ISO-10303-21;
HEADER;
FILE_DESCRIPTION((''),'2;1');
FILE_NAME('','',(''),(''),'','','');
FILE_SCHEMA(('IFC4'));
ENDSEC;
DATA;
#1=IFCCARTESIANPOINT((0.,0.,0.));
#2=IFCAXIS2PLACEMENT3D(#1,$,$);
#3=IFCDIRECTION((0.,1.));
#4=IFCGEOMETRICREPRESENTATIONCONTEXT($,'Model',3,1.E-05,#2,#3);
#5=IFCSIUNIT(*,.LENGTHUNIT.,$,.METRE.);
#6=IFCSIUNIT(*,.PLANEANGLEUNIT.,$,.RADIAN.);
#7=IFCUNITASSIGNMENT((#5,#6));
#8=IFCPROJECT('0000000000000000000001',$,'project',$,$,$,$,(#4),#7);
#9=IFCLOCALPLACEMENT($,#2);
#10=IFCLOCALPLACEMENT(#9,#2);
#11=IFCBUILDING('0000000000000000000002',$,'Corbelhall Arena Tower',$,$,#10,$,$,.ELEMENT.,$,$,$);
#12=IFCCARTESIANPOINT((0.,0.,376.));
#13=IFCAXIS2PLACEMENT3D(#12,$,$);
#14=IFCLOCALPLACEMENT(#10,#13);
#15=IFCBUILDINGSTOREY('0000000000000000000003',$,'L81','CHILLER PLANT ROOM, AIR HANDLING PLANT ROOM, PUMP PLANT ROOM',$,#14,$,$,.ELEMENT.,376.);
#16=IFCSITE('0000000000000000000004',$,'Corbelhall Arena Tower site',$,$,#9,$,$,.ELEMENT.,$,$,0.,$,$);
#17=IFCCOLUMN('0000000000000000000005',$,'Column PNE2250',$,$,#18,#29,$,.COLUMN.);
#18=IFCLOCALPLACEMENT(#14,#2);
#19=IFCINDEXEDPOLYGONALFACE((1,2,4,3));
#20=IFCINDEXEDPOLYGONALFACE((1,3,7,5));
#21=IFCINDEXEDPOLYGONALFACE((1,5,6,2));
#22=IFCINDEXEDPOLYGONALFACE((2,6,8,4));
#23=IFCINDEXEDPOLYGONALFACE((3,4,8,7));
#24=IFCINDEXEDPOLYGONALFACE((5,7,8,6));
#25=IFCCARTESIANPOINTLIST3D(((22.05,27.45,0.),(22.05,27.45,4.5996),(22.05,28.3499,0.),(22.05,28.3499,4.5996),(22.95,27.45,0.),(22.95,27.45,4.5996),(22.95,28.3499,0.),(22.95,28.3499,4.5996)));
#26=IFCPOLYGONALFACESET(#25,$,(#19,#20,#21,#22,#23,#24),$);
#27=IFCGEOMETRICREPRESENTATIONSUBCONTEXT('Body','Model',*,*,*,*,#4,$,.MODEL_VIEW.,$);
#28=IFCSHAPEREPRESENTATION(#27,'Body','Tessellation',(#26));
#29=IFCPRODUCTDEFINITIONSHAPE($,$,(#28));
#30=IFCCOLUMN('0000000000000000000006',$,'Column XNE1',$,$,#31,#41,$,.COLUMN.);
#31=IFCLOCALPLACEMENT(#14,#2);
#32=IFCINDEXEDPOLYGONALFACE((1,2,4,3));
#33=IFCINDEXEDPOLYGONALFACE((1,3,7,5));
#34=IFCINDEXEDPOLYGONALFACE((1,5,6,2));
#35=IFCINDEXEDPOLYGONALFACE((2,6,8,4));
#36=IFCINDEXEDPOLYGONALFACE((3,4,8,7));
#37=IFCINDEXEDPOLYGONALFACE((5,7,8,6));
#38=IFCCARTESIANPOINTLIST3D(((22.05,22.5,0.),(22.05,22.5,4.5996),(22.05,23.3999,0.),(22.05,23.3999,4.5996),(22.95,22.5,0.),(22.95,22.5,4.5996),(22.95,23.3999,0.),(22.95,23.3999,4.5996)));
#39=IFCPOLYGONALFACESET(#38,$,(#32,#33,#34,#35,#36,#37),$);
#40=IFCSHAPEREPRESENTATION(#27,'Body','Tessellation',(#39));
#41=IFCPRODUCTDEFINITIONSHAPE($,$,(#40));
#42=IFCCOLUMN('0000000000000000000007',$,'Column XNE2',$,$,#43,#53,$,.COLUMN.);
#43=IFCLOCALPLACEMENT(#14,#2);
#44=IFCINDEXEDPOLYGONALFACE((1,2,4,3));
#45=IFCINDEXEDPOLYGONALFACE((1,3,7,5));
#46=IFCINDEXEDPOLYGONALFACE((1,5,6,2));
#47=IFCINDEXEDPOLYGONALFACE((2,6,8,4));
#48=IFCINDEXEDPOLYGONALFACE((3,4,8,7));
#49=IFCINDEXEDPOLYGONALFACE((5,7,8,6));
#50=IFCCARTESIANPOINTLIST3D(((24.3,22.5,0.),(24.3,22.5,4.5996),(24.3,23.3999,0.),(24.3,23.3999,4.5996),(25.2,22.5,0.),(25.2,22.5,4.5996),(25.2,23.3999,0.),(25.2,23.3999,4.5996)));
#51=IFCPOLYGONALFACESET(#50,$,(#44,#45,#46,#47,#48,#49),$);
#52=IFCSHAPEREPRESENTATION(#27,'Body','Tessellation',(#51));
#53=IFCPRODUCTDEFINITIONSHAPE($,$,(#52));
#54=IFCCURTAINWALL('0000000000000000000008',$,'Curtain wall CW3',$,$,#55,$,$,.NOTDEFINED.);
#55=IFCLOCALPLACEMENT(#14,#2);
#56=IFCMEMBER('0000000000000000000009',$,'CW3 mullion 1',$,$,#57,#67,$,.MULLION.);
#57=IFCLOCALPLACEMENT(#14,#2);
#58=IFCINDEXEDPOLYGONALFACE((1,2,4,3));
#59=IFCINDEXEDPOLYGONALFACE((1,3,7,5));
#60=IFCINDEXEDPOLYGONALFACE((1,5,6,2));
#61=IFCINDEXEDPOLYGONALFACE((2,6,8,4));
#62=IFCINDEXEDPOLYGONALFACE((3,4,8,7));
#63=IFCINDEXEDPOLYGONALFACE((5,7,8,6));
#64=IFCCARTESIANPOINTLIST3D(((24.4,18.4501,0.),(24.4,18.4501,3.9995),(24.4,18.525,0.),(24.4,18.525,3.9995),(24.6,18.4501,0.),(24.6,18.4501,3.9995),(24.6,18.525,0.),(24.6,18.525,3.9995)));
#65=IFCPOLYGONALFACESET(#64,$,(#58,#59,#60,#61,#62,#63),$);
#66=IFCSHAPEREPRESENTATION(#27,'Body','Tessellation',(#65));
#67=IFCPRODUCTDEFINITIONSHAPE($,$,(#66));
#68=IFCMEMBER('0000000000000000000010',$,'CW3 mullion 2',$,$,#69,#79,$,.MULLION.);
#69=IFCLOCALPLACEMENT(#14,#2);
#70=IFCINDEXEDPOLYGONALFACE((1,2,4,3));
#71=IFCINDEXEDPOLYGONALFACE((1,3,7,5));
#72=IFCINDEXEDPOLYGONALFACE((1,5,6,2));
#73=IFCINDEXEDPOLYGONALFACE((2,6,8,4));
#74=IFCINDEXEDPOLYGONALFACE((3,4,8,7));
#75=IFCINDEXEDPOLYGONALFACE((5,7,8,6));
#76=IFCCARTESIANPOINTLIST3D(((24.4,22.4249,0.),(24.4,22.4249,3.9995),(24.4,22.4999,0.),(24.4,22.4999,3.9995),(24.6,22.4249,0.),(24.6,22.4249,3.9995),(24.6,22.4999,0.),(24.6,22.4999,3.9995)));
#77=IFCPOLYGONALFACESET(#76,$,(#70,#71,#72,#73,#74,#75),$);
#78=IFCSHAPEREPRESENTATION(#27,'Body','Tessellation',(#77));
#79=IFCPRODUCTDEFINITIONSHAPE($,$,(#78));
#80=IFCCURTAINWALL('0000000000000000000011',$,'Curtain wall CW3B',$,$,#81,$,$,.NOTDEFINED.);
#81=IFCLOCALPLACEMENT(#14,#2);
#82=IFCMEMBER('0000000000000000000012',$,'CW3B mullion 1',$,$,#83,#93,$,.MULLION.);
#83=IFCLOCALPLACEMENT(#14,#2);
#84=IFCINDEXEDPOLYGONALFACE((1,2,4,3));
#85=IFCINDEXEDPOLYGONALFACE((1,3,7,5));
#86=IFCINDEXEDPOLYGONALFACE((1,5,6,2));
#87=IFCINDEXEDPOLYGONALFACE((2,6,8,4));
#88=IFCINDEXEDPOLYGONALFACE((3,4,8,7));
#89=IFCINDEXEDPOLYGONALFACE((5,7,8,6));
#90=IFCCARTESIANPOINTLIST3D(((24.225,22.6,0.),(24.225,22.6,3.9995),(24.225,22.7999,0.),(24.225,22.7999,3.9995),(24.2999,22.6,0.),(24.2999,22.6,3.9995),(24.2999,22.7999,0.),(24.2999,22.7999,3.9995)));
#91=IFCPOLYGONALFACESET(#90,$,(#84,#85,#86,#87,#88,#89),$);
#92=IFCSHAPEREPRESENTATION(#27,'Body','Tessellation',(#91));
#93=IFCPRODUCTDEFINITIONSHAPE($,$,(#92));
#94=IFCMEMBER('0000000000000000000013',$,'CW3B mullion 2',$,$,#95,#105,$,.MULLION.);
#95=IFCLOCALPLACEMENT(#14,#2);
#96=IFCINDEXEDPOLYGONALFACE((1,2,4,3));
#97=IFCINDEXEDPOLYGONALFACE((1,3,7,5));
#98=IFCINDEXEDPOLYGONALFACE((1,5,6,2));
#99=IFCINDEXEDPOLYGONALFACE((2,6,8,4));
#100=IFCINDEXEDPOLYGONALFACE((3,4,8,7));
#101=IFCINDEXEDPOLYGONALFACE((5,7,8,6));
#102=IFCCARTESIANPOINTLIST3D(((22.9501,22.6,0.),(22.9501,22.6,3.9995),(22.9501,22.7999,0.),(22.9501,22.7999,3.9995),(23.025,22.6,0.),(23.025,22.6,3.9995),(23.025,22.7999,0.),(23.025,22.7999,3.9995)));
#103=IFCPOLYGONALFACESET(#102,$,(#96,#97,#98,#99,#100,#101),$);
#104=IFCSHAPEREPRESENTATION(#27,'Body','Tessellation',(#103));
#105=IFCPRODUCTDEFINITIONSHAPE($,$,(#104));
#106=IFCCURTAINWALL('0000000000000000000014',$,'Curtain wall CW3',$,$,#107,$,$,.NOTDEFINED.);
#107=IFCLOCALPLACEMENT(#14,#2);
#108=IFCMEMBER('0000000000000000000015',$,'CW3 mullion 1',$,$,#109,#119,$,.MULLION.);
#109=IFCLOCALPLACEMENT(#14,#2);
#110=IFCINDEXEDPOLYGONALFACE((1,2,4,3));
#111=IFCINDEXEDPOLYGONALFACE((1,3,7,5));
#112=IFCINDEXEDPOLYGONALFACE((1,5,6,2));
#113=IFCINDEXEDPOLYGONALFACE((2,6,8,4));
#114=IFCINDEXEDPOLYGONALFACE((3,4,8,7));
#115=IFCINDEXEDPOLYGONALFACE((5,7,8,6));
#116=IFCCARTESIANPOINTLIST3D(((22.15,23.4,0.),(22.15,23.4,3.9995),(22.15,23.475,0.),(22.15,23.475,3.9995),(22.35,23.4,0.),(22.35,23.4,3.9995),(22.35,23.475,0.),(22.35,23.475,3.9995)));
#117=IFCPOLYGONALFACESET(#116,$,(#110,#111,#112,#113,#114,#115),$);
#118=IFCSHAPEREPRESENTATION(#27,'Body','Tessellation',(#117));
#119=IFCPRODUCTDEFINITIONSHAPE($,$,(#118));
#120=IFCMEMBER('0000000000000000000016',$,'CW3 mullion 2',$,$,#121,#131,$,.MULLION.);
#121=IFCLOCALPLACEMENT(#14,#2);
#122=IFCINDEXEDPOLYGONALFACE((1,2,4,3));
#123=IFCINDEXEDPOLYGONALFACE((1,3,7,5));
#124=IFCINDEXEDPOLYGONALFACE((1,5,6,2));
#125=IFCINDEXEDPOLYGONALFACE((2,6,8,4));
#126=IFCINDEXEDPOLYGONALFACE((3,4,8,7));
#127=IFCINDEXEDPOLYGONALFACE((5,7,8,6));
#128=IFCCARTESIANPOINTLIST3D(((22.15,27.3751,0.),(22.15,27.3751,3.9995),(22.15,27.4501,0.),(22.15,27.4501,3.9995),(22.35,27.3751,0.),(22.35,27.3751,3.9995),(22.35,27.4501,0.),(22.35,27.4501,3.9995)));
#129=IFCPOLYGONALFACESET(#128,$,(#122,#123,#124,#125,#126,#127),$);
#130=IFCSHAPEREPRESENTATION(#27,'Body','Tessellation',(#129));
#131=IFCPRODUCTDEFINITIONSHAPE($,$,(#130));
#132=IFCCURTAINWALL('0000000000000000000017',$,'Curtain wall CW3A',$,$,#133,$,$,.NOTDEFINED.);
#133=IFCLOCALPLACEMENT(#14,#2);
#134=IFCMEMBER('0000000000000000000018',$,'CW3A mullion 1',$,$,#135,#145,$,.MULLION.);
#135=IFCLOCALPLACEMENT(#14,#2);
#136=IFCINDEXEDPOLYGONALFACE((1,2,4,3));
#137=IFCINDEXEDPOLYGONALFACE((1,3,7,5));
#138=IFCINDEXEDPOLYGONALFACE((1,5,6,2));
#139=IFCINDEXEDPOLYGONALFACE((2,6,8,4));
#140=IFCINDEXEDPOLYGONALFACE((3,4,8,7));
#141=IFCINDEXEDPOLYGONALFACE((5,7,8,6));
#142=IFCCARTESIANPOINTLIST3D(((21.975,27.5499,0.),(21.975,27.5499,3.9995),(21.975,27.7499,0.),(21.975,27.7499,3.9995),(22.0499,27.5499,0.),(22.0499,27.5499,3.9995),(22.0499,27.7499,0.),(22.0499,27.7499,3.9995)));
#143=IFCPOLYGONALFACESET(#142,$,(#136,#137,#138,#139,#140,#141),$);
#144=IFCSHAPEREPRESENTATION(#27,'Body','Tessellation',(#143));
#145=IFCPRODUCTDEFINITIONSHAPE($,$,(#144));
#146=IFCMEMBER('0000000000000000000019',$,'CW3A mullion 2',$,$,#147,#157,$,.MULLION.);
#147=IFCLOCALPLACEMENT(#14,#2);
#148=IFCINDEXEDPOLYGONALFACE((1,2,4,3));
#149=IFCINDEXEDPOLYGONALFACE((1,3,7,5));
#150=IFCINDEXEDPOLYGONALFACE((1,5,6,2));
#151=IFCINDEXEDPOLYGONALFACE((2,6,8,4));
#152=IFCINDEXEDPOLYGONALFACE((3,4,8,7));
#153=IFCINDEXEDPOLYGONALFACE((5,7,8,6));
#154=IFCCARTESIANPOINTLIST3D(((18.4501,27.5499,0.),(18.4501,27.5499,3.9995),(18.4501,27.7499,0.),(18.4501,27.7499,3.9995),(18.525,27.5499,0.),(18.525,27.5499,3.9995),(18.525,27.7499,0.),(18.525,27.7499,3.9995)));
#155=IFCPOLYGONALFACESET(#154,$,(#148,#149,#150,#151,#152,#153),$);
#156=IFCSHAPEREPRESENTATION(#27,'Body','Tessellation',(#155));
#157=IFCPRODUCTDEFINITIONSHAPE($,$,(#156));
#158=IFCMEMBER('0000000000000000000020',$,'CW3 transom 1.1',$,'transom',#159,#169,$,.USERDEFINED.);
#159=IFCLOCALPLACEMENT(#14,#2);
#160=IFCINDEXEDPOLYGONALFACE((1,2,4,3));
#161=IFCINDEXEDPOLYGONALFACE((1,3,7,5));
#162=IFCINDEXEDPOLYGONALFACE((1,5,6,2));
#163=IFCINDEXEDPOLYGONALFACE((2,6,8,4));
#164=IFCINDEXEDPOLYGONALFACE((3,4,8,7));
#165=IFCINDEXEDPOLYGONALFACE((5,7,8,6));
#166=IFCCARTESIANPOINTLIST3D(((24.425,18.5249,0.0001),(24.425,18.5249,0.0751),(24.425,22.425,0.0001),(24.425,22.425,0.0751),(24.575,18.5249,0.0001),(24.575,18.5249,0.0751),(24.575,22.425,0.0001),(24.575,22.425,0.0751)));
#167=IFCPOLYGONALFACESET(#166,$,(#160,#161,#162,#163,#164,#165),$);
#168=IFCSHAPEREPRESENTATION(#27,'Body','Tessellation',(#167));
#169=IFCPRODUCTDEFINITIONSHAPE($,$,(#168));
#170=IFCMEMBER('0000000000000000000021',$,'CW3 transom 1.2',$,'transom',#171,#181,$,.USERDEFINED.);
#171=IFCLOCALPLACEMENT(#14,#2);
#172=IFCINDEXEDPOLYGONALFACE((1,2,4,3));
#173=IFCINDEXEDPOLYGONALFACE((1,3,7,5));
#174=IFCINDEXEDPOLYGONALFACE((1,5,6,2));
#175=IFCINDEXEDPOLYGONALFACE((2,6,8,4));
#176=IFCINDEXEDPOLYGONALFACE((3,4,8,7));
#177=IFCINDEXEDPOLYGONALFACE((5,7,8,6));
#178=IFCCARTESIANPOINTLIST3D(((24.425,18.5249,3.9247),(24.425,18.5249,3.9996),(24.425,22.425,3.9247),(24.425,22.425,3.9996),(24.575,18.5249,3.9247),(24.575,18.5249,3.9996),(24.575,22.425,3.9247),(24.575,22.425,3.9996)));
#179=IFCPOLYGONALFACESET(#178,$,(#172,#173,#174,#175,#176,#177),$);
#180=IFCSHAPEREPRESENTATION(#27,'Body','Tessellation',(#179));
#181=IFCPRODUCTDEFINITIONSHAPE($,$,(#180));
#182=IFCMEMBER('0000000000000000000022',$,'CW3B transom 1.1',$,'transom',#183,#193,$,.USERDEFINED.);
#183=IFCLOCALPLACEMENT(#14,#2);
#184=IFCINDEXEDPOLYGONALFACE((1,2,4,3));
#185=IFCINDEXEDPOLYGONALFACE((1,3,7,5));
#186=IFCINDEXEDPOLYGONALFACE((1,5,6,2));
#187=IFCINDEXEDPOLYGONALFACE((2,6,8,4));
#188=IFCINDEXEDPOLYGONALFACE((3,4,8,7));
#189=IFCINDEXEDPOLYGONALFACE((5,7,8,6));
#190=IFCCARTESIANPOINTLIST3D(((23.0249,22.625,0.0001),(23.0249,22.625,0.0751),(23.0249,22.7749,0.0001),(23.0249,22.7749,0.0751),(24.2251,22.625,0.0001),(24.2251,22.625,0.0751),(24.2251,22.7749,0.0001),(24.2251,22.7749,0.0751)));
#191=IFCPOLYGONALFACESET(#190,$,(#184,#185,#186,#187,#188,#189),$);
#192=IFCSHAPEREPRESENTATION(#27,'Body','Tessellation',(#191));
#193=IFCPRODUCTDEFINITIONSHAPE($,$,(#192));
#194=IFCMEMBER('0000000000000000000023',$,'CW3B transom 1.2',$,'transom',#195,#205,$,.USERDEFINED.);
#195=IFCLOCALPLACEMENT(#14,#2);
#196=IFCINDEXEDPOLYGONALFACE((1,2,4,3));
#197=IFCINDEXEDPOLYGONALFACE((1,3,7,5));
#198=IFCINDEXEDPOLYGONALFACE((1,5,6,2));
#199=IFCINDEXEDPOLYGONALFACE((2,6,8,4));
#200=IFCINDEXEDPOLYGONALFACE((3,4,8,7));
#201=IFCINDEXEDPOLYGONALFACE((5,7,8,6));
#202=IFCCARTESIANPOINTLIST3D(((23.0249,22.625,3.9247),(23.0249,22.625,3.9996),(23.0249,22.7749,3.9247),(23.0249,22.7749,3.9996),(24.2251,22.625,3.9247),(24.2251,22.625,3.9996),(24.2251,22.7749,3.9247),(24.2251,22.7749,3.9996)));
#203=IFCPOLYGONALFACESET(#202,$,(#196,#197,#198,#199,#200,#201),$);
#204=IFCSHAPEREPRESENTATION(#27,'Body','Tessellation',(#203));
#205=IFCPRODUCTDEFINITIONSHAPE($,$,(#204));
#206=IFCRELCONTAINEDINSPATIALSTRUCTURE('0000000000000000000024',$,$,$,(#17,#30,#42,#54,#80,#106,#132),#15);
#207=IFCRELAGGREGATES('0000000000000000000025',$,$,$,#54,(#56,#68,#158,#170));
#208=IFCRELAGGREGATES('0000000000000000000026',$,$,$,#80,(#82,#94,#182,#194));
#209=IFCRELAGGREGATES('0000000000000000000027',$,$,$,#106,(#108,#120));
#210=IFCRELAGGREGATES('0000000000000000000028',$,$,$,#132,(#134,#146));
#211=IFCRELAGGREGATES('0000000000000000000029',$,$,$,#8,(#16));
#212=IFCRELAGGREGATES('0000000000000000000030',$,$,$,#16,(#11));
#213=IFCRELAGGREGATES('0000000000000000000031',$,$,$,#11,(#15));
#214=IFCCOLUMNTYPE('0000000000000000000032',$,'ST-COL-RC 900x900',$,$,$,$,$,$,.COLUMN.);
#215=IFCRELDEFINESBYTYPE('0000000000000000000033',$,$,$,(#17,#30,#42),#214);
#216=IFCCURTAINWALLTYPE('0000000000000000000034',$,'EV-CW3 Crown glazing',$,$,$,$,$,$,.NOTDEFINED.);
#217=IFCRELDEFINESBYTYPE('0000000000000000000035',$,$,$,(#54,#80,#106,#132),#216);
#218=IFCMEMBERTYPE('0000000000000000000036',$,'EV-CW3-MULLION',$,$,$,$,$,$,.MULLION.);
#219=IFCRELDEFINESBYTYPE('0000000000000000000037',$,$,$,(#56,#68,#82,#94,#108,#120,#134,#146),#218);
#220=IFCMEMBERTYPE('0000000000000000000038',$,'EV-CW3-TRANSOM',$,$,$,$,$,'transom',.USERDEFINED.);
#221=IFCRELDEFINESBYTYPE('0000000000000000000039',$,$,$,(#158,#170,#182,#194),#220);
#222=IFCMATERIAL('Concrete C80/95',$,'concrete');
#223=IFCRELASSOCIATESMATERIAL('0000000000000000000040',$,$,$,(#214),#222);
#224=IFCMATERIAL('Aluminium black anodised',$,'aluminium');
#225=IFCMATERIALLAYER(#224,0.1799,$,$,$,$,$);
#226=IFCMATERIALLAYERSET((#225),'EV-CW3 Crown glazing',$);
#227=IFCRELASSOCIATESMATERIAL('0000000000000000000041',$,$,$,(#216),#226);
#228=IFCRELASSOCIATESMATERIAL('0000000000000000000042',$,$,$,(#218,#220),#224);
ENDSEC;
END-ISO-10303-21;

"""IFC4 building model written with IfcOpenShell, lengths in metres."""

from ifc_helpers import new_model, si_unit, direction, frame, origin, origin_2d, place, context, subcontext, project, spatial, rectangle, extrude, material, layer, layer_set, material_profile, profile_set, type_object, element, aggregate, save


model = new_model("IFC4")

# Units and contexts
model_context = context("Model", 3, precision=1e-05, world=origin(), true_north=direction((0.0, 1.0)))
body_context = subcontext(model_context, "Body", "Model", "MODEL_VIEW")
ifc_project = project(units=[si_unit("LENGTHUNIT", "METRE"), si_unit("PLANEANGLEUNIT", "RADIAN")], contexts=[model_context])

# Site, building, storey
site_placement = place(None, origin())
site = spatial("IfcSite", under=ifc_project, at=site_placement, Name="Corbelhall Arena Tower site", CompositionType="ELEMENT", RefElevation=0.0)
building_placement = place(site_placement, origin())
building = spatial("IfcBuilding", under=site, at=building_placement, Name="Corbelhall Arena Tower", CompositionType="ELEMENT")
storey_placement = place(building_placement, frame((0.0, 0.0, 376.0)))
storey = spatial("IfcBuildingStorey", under=building, at=storey_placement, Name="L81", Description="CHILLER PLANT ROOM, AIR HANDLING PLANT ROOM, PUMP PLANT ROOM", CompositionType="ELEMENT", Elevation=376.0)

# Columns
ifc_material_1 = material(Name="Concrete C80/95", Category="concrete")
ifc_material_profile_1 = material_profile(ifc_material_1, rectangle(XDim=0.8999, YDim=0.8999, at=origin_2d()))
ifc_profile_set_1 = profile_set([ifc_material_profile_1], Name="Concrete C80/95")
column_type = type_object("IfcColumnType", Name="ST-COL-RC 900x900", PredefinedType="COLUMN", material=ifc_profile_set_1)
for number, where, z_axis, x_axis, name in (
    (1, (22.5, 27.8999, 0.0), (0.0, 0.0, 1.0), (1.0, 0.0, 0.0), "Column PNE2250"),
    (2, (22.5, 22.95, 0.0), (0.0, 0.0, 1.0), (1.0, 0.0, 0.0), "Column XNE1"),
    (3, (24.75, 22.95, 0.0), (0.0, 0.0, 1.0), (1.0, 0.0, 0.0), "Column XNE2"),
):
    element("IfcColumn", number, at=place(storey_placement, frame(where, z_axis=z_axis, x_axis=x_axis)), inside=storey, type_object=column_type, Name=name, PredefinedType="COLUMN", context=body_context, shape_type="SweptSolid", body=[
        extrude(rectangle(XDim=0.8999, YDim=0.8999, at=origin_2d()), origin(), (0.0, 0.0, 1.0), 4.5996),
    ])

# Curtain walls, members
ifc_material_2 = material(Name="Aluminium black anodised", Category="aluminium")
ifc_layer_1 = layer(ifc_material_2, 0.1799)
ifc_layer_set_1 = layer_set([ifc_layer_1], Name="EV-CW3 Crown glazing")
curtain_wall_type = type_object("IfcCurtainWallType", Name="EV-CW3 Crown glazing", PredefinedType="NOTDEFINED", material=ifc_layer_set_1)
curtain_wall_1_placement = place(storey_placement, origin())
curtain_wall_1 = element("IfcCurtainWall", 4, at=curtain_wall_1_placement, inside=storey, type_object=curtain_wall_type, Name="Curtain wall CW3", PredefinedType="NOTDEFINED")
ifc_material_profile_2 = material_profile(ifc_material_2, rectangle(XDim=0.2, YDim=0.075, at=origin_2d()))
ifc_profile_set_2 = profile_set([ifc_material_profile_2], Name="Aluminium black anodised")
member_type_1 = type_object("IfcMemberType", Name="EV-CW3-MULLION", PredefinedType="MULLION", material=ifc_profile_set_2)
member_1_placement = place(storey_placement, frame((24.5, 18.4875, 0.0), z_axis=(0.0, 0.0, 1.0), x_axis=(-1.0, 0.0, 0.0)))
member_1 = element("IfcMember", 5, at=member_1_placement, type_object=member_type_1, Name="CW3 mullion 1", PredefinedType="MULLION", context=body_context, shape_type="SweptSolid", body=[
    extrude(rectangle(XDim=0.2, YDim=0.075, at=origin_2d()), origin(), (0.0, 0.0, 1.0), 3.9995),
])
member_2_placement = place(storey_placement, frame((24.5, 22.4624, 0.0), z_axis=(0.0, 0.0, 1.0), x_axis=(-1.0, 0.0, 0.0)))
member_2 = element("IfcMember", 6, at=member_2_placement, type_object=member_type_1, Name="CW3 mullion 2", PredefinedType="MULLION", context=body_context, shape_type="SweptSolid", body=[
    extrude(rectangle(XDim=0.2, YDim=0.075, at=origin_2d()), origin(), (0.0, 0.0, 1.0), 3.9995),
])
curtain_wall_2_placement = place(storey_placement, origin())
curtain_wall_2 = element("IfcCurtainWall", 7, at=curtain_wall_2_placement, inside=storey, type_object=curtain_wall_type, Name="Curtain wall CW3B", PredefinedType="NOTDEFINED")
member_3_placement = place(storey_placement, frame((24.2625, 22.7, 0.0), z_axis=(0.0, 0.0, 1.0), x_axis=(0.0, -1.0, 0.0)))
member_3 = element("IfcMember", 8, at=member_3_placement, type_object=member_type_1, Name="CW3B mullion 1", PredefinedType="MULLION", context=body_context, shape_type="SweptSolid", body=[
    extrude(rectangle(XDim=0.2, YDim=0.075, at=origin_2d()), origin(), (0.0, 0.0, 1.0), 3.9995),
])
member_4_placement = place(storey_placement, frame((22.9875, 22.7, 0.0), z_axis=(0.0, 0.0, 1.0), x_axis=(0.0, -1.0, 0.0)))
member_4 = element("IfcMember", 9, at=member_4_placement, type_object=member_type_1, Name="CW3B mullion 2", PredefinedType="MULLION", context=body_context, shape_type="SweptSolid", body=[
    extrude(rectangle(XDim=0.2, YDim=0.075, at=origin_2d()), origin(), (0.0, 0.0, 1.0), 3.9995),
])
curtain_wall_3_placement = place(storey_placement, origin())
curtain_wall_3 = element("IfcCurtainWall", 10, at=curtain_wall_3_placement, inside=storey, type_object=curtain_wall_type, Name="Curtain wall CW3", PredefinedType="NOTDEFINED")
member_5_placement = place(storey_placement, frame((22.25, 23.4375, 0.0), z_axis=(0.0, 0.0, 1.0), x_axis=(-1.0, 0.0, 0.0)))
member_5 = element("IfcMember", 11, at=member_5_placement, type_object=member_type_1, Name="CW3 mullion 1", PredefinedType="MULLION", context=body_context, shape_type="SweptSolid", body=[
    extrude(rectangle(XDim=0.2, YDim=0.075, at=origin_2d()), origin(), (0.0, 0.0, 1.0), 3.9995),
])
member_6_placement = place(storey_placement, frame((22.25, 27.4126, 0.0), z_axis=(0.0, 0.0, 1.0), x_axis=(-1.0, 0.0, 0.0)))
member_6 = element("IfcMember", 12, at=member_6_placement, type_object=member_type_1, Name="CW3 mullion 2", PredefinedType="MULLION", context=body_context, shape_type="SweptSolid", body=[
    extrude(rectangle(XDim=0.2, YDim=0.075, at=origin_2d()), origin(), (0.0, 0.0, 1.0), 3.9995),
])
curtain_wall_4_placement = place(storey_placement, origin())
curtain_wall_4 = element("IfcCurtainWall", 13, at=curtain_wall_4_placement, inside=storey, type_object=curtain_wall_type, Name="Curtain wall CW3A", PredefinedType="NOTDEFINED")
member_7_placement = place(storey_placement, frame((22.0125, 27.6499, 0.0), z_axis=(0.0, 0.0, 1.0), x_axis=(0.0, -1.0, 0.0)))
member_7 = element("IfcMember", 14, at=member_7_placement, type_object=member_type_1, Name="CW3A mullion 1", PredefinedType="MULLION", context=body_context, shape_type="SweptSolid", body=[
    extrude(rectangle(XDim=0.2, YDim=0.075, at=origin_2d()), origin(), (0.0, 0.0, 1.0), 3.9995),
])
member_8_placement = place(storey_placement, frame((18.4875, 27.6499, 0.0), z_axis=(0.0, 0.0, 1.0), x_axis=(0.0, -1.0, 0.0)))
member_8 = element("IfcMember", 15, at=member_8_placement, type_object=member_type_1, Name="CW3A mullion 2", PredefinedType="MULLION", context=body_context, shape_type="SweptSolid", body=[
    extrude(rectangle(XDim=0.2, YDim=0.075, at=origin_2d()), origin(), (0.0, 0.0, 1.0), 3.9995),
])

# Members
ifc_material_profile_3 = material_profile(ifc_material_2, rectangle(XDim=0.1499, YDim=0.075, at=origin_2d()))
ifc_profile_set_3 = profile_set([ifc_material_profile_3], Name="Aluminium black anodised")
member_type_2 = type_object("IfcMemberType", Name="EV-CW3-TRANSOM", ElementType="transom", PredefinedType="USERDEFINED", material=ifc_profile_set_3)
member_9_placement = place(storey_placement, frame((24.5, 18.5249, 0.0376), z_axis=(0.0, 1.0, 0.0), x_axis=(-1.0, 0.0, 0.0)))
member_9 = element("IfcMember", 16, at=member_9_placement, type_object=member_type_2, Name="CW3 transom 1.1", ObjectType="transom", PredefinedType="USERDEFINED", context=body_context, shape_type="SweptSolid", body=[
    extrude(rectangle(XDim=0.1499, YDim=0.075, at=origin_2d()), origin(), (0.0, 0.0, 1.0), 3.9001),
])
member_10_placement = place(storey_placement, frame((24.5, 18.5249, 3.9622), z_axis=(0.0, 1.0, 0.0), x_axis=(-1.0, 0.0, 0.0)))
member_10 = element("IfcMember", 17, at=member_10_placement, type_object=member_type_2, Name="CW3 transom 1.2", ObjectType="transom", PredefinedType="USERDEFINED", context=body_context, shape_type="SweptSolid", body=[
    extrude(rectangle(XDim=0.1499, YDim=0.075, at=origin_2d()), origin(), (0.0, 0.0, 1.0), 3.9001),
])
member_11_placement = place(storey_placement, frame((24.2251, 22.7, 0.0376), z_axis=(-1.0, 0.0, 0.0), x_axis=(0.0, -1.0, 0.0)))
member_11 = element("IfcMember", 18, at=member_11_placement, type_object=member_type_2, Name="CW3B transom 1.1", ObjectType="transom", PredefinedType="USERDEFINED", context=body_context, shape_type="SweptSolid", body=[
    extrude(rectangle(XDim=0.1499, YDim=0.075, at=origin_2d()), origin(), (0.0, 0.0, 1.0), 1.2002),
])
member_12_placement = place(storey_placement, frame((24.2251, 22.7, 3.9622), z_axis=(-1.0, 0.0, 0.0), x_axis=(0.0, -1.0, 0.0)))
member_12 = element("IfcMember", 19, at=member_12_placement, type_object=member_type_2, Name="CW3B transom 1.2", ObjectType="transom", PredefinedType="USERDEFINED", context=body_context, shape_type="SweptSolid", body=[
    extrude(rectangle(XDim=0.1499, YDim=0.075, at=origin_2d()), origin(), (0.0, 0.0, 1.0), 1.2002),
])

aggregate(curtain_wall_1, [member_1, member_2, member_9, member_10])
aggregate(curtain_wall_2, [member_3, member_4, member_11, member_12])
aggregate(curtain_wall_3, [member_5, member_6])
aggregate(curtain_wall_4, [member_7, member_8])

save(model, "model.ifc")
